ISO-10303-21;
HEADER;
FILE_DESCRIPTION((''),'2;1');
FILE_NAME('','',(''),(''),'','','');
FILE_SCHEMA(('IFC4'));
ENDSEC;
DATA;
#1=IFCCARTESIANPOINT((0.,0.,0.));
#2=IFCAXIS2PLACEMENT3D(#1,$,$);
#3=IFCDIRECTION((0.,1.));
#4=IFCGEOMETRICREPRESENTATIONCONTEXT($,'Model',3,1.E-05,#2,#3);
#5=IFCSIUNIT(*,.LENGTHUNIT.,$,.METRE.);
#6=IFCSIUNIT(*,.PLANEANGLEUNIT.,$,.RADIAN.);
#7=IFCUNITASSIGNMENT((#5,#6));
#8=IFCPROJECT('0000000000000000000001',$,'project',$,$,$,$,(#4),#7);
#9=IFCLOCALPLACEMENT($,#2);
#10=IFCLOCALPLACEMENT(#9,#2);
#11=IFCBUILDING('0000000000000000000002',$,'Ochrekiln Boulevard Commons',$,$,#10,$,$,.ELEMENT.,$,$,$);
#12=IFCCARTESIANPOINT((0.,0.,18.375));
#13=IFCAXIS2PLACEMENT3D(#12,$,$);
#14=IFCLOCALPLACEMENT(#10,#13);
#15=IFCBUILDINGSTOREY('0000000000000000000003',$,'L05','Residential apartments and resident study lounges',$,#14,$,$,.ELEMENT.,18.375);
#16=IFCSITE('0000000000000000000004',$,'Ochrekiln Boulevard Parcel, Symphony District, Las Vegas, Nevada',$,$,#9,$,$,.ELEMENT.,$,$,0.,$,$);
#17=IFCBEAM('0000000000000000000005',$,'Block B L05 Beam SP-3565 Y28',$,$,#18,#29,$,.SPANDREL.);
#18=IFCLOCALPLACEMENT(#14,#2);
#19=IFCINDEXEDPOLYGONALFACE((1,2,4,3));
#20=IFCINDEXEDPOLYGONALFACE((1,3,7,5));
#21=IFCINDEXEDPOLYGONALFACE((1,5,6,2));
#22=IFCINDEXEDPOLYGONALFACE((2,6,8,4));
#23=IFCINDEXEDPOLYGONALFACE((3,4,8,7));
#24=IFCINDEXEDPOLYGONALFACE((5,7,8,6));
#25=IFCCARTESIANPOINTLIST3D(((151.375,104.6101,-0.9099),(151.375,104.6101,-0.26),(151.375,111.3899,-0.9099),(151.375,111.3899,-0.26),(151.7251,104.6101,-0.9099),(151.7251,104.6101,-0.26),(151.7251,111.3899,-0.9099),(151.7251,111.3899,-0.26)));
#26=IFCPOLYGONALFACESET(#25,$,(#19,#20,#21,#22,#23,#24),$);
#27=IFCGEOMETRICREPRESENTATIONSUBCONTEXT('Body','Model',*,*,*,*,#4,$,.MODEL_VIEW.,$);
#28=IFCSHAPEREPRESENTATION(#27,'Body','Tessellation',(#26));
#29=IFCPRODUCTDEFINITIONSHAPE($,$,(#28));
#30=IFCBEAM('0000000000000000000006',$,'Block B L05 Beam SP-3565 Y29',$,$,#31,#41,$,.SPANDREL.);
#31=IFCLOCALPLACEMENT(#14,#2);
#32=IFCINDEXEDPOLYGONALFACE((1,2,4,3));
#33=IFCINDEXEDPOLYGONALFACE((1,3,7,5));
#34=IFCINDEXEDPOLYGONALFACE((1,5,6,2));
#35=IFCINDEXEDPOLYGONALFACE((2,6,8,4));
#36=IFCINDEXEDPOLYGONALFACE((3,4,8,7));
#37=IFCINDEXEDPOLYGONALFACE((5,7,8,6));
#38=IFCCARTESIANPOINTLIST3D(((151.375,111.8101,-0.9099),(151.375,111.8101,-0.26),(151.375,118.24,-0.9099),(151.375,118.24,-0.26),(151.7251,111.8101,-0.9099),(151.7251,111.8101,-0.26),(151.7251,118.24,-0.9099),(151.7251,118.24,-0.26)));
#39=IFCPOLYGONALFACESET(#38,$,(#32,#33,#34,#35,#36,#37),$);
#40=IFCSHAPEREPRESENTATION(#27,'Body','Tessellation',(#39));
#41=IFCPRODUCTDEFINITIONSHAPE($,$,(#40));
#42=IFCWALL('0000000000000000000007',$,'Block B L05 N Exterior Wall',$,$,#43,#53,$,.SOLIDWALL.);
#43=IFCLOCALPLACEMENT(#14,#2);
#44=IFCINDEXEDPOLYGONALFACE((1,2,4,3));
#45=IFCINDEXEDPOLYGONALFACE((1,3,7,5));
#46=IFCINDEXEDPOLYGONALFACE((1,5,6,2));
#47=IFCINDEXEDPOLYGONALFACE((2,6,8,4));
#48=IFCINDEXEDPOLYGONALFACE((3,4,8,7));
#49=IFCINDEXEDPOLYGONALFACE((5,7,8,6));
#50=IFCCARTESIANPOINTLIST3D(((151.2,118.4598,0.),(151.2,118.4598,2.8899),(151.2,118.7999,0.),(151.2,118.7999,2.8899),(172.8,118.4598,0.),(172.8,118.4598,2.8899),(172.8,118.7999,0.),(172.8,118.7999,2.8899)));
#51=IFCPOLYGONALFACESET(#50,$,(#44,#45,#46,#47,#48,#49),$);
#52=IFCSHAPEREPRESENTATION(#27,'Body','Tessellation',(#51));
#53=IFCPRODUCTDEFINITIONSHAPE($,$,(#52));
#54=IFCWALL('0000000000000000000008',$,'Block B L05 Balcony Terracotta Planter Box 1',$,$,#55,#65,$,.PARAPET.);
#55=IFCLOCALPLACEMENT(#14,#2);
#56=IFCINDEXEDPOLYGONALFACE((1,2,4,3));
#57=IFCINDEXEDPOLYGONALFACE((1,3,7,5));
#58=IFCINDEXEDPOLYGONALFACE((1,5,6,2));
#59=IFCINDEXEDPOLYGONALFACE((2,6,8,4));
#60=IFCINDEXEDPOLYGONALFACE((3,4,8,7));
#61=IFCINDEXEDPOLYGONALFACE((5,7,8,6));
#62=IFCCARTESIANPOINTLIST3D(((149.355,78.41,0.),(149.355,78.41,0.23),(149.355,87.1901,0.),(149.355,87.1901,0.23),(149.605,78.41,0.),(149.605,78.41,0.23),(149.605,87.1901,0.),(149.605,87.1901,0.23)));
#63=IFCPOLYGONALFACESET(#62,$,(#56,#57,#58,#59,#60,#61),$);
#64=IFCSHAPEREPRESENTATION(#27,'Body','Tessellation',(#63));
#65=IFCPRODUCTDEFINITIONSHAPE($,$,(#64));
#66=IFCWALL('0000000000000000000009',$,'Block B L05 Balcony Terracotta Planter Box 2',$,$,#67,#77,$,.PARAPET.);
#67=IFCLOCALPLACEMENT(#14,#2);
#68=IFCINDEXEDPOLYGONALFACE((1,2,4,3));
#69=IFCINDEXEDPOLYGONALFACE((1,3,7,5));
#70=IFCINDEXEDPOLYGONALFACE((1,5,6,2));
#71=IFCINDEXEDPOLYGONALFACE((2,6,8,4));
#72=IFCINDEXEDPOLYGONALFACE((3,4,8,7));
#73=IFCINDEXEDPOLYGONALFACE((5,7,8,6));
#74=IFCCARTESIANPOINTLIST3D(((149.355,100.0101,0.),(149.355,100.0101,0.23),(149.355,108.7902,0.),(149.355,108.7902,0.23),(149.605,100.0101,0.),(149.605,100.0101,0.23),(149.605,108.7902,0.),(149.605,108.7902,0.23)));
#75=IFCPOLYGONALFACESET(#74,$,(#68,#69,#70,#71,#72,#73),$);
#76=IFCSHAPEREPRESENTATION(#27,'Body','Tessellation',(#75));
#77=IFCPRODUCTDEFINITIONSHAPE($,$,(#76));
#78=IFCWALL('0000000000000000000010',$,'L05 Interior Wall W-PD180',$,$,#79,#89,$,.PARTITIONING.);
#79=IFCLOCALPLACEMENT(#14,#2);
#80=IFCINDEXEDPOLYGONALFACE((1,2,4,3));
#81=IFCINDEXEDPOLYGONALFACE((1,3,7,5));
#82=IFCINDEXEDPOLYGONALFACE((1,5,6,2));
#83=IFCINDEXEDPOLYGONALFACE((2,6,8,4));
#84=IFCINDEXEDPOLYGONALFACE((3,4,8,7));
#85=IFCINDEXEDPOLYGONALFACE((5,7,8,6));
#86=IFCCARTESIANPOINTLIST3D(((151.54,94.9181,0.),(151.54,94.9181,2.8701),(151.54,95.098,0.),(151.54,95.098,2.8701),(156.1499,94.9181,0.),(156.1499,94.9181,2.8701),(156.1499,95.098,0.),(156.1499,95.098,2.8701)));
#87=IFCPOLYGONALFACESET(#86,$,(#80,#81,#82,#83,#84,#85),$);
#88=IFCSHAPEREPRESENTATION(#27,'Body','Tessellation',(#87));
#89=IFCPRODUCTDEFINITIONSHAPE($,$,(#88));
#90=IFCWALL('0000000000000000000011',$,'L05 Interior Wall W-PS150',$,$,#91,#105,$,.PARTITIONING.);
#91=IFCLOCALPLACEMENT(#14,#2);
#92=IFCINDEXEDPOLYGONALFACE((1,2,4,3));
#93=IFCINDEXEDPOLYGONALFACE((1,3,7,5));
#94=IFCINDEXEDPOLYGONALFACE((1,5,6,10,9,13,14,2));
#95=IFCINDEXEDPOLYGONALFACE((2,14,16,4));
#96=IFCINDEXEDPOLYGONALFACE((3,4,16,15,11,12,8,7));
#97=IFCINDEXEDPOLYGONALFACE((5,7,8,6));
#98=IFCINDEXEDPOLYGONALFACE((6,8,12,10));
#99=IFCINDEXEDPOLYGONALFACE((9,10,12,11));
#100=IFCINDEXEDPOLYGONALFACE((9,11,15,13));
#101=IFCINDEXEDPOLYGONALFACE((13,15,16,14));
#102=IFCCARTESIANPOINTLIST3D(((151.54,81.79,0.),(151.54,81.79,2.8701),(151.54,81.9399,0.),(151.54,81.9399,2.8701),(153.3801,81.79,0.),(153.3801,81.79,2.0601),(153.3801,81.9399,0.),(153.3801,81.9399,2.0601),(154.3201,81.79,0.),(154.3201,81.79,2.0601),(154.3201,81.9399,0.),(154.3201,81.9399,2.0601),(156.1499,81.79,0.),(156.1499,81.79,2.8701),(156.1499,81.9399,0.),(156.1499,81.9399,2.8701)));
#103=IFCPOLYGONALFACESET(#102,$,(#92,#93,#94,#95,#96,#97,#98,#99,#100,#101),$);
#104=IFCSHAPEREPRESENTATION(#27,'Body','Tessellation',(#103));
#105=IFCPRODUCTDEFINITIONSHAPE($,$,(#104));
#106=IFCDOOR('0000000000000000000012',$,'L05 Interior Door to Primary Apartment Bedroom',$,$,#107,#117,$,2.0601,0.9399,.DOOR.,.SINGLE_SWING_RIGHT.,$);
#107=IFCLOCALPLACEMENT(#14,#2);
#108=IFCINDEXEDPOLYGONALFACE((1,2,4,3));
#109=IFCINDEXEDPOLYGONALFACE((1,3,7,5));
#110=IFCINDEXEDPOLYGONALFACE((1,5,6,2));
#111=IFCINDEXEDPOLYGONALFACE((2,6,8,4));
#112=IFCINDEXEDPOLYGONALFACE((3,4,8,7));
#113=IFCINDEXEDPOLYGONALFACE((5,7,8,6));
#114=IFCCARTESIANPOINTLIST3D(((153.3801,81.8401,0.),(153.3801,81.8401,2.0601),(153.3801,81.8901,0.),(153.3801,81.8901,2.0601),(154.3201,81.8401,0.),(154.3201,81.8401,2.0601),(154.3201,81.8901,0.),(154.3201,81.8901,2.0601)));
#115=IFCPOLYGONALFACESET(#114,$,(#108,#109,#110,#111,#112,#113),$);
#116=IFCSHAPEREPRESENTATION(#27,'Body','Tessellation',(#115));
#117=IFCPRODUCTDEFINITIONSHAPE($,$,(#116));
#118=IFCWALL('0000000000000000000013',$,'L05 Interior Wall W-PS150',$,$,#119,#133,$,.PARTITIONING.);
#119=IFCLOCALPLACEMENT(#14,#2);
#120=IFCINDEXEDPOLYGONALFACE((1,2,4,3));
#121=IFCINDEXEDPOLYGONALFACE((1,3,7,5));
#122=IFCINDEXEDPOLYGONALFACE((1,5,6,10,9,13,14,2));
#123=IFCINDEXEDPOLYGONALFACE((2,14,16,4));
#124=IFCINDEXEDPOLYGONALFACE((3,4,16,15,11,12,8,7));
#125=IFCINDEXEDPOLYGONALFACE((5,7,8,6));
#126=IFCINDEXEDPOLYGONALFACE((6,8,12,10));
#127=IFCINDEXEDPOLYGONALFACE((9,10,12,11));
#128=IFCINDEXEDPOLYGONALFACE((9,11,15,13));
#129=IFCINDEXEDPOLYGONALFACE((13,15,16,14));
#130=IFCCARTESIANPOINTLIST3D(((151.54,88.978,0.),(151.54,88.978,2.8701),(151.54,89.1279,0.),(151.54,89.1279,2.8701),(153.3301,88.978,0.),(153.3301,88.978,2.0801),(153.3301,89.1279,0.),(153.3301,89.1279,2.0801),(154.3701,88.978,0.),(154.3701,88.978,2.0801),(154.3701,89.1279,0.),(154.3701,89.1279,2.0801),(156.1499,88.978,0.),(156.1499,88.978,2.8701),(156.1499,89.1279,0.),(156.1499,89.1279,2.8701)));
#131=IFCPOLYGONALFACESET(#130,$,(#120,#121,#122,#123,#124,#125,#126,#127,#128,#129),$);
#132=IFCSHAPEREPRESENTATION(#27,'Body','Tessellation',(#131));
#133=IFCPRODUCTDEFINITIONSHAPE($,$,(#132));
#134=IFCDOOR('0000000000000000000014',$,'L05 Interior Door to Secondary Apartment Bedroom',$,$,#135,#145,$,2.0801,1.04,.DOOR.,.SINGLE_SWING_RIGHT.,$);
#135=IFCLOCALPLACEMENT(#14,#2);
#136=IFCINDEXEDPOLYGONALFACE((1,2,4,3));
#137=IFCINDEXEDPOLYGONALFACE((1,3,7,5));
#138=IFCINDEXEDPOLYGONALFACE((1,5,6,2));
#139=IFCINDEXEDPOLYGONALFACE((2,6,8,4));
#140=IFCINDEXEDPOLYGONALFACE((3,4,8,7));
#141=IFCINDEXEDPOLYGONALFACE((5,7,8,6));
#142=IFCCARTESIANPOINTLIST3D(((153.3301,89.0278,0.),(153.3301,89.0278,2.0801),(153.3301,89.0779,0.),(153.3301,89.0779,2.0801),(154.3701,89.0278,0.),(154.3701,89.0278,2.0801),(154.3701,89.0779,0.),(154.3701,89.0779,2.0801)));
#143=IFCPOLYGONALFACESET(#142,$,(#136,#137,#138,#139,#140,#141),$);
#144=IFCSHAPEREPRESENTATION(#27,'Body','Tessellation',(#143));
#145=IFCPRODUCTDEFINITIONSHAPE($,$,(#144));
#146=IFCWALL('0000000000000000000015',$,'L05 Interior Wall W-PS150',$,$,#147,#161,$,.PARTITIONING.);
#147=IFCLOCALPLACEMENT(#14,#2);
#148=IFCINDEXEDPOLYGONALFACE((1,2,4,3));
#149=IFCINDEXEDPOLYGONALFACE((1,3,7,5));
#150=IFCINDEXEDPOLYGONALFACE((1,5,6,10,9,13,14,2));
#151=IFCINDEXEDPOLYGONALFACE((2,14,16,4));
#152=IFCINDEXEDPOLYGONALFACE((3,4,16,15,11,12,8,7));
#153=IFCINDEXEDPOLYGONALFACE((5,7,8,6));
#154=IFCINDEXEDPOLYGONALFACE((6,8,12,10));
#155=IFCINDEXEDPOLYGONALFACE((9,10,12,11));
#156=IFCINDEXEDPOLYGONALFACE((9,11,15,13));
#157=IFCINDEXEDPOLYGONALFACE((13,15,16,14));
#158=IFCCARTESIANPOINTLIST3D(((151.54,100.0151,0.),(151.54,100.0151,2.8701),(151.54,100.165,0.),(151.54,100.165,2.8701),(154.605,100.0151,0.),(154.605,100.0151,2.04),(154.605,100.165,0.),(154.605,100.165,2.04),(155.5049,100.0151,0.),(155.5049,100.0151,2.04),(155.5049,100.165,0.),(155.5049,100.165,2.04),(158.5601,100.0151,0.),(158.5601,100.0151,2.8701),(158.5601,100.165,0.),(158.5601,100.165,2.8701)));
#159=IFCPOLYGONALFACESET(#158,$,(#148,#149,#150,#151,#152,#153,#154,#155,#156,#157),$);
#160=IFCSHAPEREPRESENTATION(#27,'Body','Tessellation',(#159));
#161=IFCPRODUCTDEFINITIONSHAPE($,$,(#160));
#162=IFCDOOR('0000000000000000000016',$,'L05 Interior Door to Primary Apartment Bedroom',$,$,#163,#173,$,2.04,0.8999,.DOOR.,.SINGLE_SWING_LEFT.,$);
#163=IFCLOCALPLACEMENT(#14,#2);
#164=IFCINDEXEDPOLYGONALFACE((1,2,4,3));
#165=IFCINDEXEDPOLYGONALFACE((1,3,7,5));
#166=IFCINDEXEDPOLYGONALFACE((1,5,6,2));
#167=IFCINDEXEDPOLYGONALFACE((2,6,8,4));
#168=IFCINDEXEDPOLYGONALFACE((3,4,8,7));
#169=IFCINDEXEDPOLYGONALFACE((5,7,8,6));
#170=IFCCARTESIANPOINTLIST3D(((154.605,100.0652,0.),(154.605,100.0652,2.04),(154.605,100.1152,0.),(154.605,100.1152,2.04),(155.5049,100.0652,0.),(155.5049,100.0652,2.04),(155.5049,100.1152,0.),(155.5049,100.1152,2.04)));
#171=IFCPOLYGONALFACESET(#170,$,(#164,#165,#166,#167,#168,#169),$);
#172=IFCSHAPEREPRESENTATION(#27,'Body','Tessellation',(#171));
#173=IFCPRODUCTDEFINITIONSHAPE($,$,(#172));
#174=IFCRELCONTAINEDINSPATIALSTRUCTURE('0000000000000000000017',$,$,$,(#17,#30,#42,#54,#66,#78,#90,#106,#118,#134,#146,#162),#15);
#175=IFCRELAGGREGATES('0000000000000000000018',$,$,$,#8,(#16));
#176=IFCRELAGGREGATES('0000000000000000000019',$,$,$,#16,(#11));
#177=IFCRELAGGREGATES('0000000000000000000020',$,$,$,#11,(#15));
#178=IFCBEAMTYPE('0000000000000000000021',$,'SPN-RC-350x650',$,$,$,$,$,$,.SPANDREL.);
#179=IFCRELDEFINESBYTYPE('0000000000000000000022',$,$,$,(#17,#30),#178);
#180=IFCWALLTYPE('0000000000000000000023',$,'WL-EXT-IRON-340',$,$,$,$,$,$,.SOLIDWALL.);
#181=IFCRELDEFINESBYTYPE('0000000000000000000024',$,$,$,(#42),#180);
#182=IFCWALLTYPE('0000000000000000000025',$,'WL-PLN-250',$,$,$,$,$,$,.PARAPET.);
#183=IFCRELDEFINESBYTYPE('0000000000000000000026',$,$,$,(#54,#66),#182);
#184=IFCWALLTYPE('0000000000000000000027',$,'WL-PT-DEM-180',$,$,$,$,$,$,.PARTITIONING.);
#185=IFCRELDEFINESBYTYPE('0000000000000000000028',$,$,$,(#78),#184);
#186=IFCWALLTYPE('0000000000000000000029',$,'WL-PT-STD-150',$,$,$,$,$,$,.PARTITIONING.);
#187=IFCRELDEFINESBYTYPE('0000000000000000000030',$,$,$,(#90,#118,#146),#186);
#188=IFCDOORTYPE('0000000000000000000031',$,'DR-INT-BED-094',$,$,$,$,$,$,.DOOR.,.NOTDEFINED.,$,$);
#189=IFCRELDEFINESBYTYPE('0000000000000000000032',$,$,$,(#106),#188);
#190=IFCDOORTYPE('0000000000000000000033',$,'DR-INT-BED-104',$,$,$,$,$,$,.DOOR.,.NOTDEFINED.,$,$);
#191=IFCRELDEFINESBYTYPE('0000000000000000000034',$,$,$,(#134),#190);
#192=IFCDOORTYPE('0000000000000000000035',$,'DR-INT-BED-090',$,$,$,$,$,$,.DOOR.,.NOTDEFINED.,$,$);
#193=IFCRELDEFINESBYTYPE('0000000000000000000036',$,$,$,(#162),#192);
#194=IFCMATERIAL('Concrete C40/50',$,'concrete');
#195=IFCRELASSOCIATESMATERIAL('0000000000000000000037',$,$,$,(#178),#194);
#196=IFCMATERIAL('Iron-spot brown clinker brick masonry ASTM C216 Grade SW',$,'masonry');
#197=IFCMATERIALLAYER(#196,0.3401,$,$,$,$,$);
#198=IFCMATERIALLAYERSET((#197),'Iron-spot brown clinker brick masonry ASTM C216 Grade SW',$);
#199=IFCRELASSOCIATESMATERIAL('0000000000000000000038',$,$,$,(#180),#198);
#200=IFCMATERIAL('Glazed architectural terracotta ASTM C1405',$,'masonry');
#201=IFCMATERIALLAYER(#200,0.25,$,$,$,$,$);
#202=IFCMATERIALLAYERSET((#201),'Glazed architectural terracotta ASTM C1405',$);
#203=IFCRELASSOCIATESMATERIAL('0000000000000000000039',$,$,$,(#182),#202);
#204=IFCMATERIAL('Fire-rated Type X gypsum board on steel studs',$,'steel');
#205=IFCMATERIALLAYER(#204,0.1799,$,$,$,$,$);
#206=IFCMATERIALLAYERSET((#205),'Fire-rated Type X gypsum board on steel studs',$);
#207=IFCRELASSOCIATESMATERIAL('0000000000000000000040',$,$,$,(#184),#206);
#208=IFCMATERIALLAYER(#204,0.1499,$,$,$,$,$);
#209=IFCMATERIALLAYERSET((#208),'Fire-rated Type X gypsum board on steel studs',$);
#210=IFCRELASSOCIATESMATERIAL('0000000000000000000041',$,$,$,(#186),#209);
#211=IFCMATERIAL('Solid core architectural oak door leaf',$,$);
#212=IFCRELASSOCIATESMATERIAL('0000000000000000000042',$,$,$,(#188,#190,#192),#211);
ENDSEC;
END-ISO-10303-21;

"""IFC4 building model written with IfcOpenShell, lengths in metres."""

from ifc_helpers import new_model, si_unit, direction, frame, frame_2d, origin, origin_2d, place, context, subcontext, project, spatial, rectangle, extrude, material, layer, layer_set, material_profile, profile_set, type_object, element, fill, save


model = new_model("IFC4")

# Units and contexts
model_context = context("Model", 3, precision=1e-05, world=origin(), true_north=direction((0.0, 1.0)))
body_context = subcontext(model_context, "Body", "Model", "MODEL_VIEW")
ifc_project = project(units=[si_unit("LENGTHUNIT", "METRE"), si_unit("PLANEANGLEUNIT", "RADIAN")], contexts=[model_context])

# Site, building, storey
site_placement = place(None, origin())
site = spatial("IfcSite", under=ifc_project, at=site_placement, Name="Ochrekiln Boulevard Parcel, Symphony District, Las Vegas, Nevada", CompositionType="ELEMENT", RefElevation=0.0)
building_placement = place(site_placement, origin())
building = spatial("IfcBuilding", under=site, at=building_placement, Name="Ochrekiln Boulevard Commons", CompositionType="ELEMENT")
storey_placement = place(building_placement, frame((0.0, 0.0, 18.375)))
storey = spatial("IfcBuildingStorey", under=building, at=storey_placement, Name="L05", Description="Residential apartments and resident study lounges", CompositionType="ELEMENT", Elevation=18.375)

# Shared definitions
ifc_material_1 = material(Name="Concrete C40/50", Category="concrete")

# Beams
ifc_material_profile_1 = material_profile(ifc_material_1, rectangle(XDim=0.3501, YDim=0.6499, at=origin_2d()), Name="RC-SPN-350x650")
ifc_profile_set_1 = profile_set([ifc_material_profile_1], Name="Concrete C40/50")
beam_type_1 = type_object("IfcBeamType", Name="SPN-RC-350x650", PredefinedType="SPANDREL", material=ifc_profile_set_1)
beam_1_placement = place(storey_placement, frame((151.55, 104.6101, -0.585), z_axis=(0.0, 1.0, 0.0), x_axis=(-1.0, 0.0, 0.0)))
element("IfcBeam", 1, at=beam_1_placement, inside=storey, type_object=beam_type_1, Name="Block B L05 Beam SP-3565 Y28", PredefinedType="SPANDREL", context=body_context, shape_type="SweptSolid", body=[
    extrude(rectangle(XDim=0.3501, YDim=0.6499, at=origin_2d()), origin(), (0.0, 0.0, 1.0), 6.7798),
])
beam_2_placement = place(storey_placement, frame((151.55, 111.8101, -0.585), z_axis=(0.0, 1.0, 0.0), x_axis=(-1.0, 0.0, 0.0)))
element("IfcBeam", 2, at=beam_2_placement, inside=storey, type_object=beam_type_1, Name="Block B L05 Beam SP-3565 Y29", PredefinedType="SPANDREL", context=body_context, shape_type="SweptSolid", body=[
    extrude(rectangle(XDim=0.3501, YDim=0.6499, at=origin_2d()), origin(), (0.0, 0.0, 1.0), 6.4299),
])

# Walls
ifc_material_2 = material(Name="Iron-spot brown clinker brick masonry ASTM C216 Grade SW", Category="masonry")
ifc_layer_1 = layer(ifc_material_2, 0.3401)
ifc_layer_set_1 = layer_set([ifc_layer_1], Name="Iron-spot brown clinker brick masonry ASTM C216 Grade SW")
wall_type_1 = type_object("IfcWallType", Name="WL-EXT-IRON-340", PredefinedType="SOLIDWALL", material=ifc_layer_set_1)
wall_1_placement = place(storey_placement, frame((151.2, 118.6299, 0.0), z_axis=(0.0, 0.0, 1.0), x_axis=(1.0, 0.0, 0.0)))
element("IfcWall", 3, at=wall_1_placement, inside=storey, type_object=wall_type_1, Name="Block B L05 N Exterior Wall", PredefinedType="SOLIDWALL", context=body_context, shape_type="SweptSolid", body=[
    extrude(rectangle(XDim=21.6001, YDim=0.3401, at=frame_2d((10.8, 0.0))), origin(), (0.0, 0.0, 1.0), 2.8899),
])
ifc_material_3 = material(Name="Glazed architectural terracotta ASTM C1405", Category="masonry")
ifc_layer_2 = layer(ifc_material_3, 0.25)
ifc_layer_set_2 = layer_set([ifc_layer_2], Name="Glazed architectural terracotta ASTM C1405")
wall_type_2 = type_object("IfcWallType", Name="WL-PLN-250", PredefinedType="PARAPET", material=ifc_layer_set_2)
for number, where, z_axis, x_axis, name in (
    (4, (149.48, 78.4099, 0.0), (0.0, 0.0, 1.0), (0.0, 1.0, 0.0), "Block B L05 Balcony Terracotta Planter Box 1"),
    (5, (149.48, 100.01, 0.0), (0.0, 0.0, 1.0), (0.0, 1.0, 0.0), "Block B L05 Balcony Terracotta Planter Box 2"),
):
    element("IfcWall", number, at=place(storey_placement, frame(where, z_axis=z_axis, x_axis=x_axis)), inside=storey, type_object=wall_type_2, Name=name, PredefinedType="PARAPET", context=body_context, shape_type="SweptSolid", body=[
        extrude(rectangle(XDim=8.78, YDim=0.25, at=frame_2d((4.3901, 0.0))), origin(), (0.0, 0.0, 1.0), 0.23),
    ])
ifc_material_4 = material(Name="Fire-rated Type X gypsum board on steel studs", Category="steel")
ifc_layer_3 = layer(ifc_material_4, 0.1799)
ifc_layer_set_3 = layer_set([ifc_layer_3], Name="Fire-rated Type X gypsum board on steel studs")
wall_type_3 = type_object("IfcWallType", Name="WL-PT-DEM-180", PredefinedType="PARTITIONING", material=ifc_layer_set_3)
wall_2_placement = place(storey_placement, frame((151.54, 95.0081, 0.0), z_axis=(0.0, 0.0, 1.0), x_axis=(1.0, 0.0, 0.0)))
element("IfcWall", 6, at=wall_2_placement, inside=storey, type_object=wall_type_3, Name="L05 Interior Wall W-PD180", PredefinedType="PARTITIONING", context=body_context, shape_type="SweptSolid", body=[
    extrude(rectangle(XDim=4.6099, YDim=0.1799, at=frame_2d((2.3049, 0.0))), origin(), (0.0, 0.0, 1.0), 2.8701),
])

# Walls, openings, doors
ifc_layer_4 = layer(ifc_material_4, 0.1499)
ifc_layer_set_4 = layer_set([ifc_layer_4], Name="Fire-rated Type X gypsum board on steel studs")
wall_type_4 = type_object("IfcWallType", Name="WL-PT-STD-150", PredefinedType="PARTITIONING", material=ifc_layer_set_4)
wall_3_placement = place(storey_placement, frame((151.54, 81.865, 0.0), z_axis=(0.0, 0.0, 1.0), x_axis=(1.0, 0.0, 0.0)))
wall_3 = element("IfcWall", 7, at=wall_3_placement, inside=storey, type_object=wall_type_4, Name="L05 Interior Wall W-PS150", PredefinedType="PARTITIONING", context=body_context, shape_type="SweptSolid", body=[
    extrude(rectangle(XDim=4.6099, YDim=0.1499, at=frame_2d((2.3049, 0.0))), origin(), (0.0, 0.0, 1.0), 2.8701),
])
opening_1_placement = place(wall_3_placement, frame((1.8401, 0.0, 0.0)))
opening_1 = element("IfcOpeningElement", 8, at=opening_1_placement, cuts=wall_3, PredefinedType="OPENING", context=body_context, shape_type="SweptSolid", body=[
    extrude(rectangle(XDim=0.9399, YDim=2.0601, at=frame_2d((0.47, 1.03))), frame((0.0, 0.085, 0.0), z_axis=(0.0, -1.0, 0.0), x_axis=(1.0, 0.0, 0.0)), (0.0, 0.0, 1.0), 0.1699),
])
ifc_material_5 = material(Name="Solid core architectural oak door leaf")
door_type_1 = type_object("IfcDoorType", Name="DR-INT-BED-094", OperationType="NOTDEFINED", PredefinedType="DOOR", material=ifc_material_5)
door_1_placement = place(opening_1_placement, frame((0.9399, 0.0, 0.0), z_axis=(0.0, 0.0, 1.0), x_axis=(-1.0, 0.0, 0.0)))
door_1 = element("IfcDoor", 9, at=door_1_placement, inside=storey, type_object=door_type_1, Name="L05 Interior Door to Primary Apartment Bedroom", OperationType="SINGLE_SWING_RIGHT", OverallHeight=2.0601, OverallWidth=0.9399, PredefinedType="DOOR", context=body_context, shape_type="SweptSolid", body=[
    extrude(rectangle(XDim=0.9399, YDim=2.0601, at=frame_2d((0.47, 1.03))), frame((0.0, 0.0249, 0.0), z_axis=(0.0, -1.0, 0.0), x_axis=(1.0, 0.0, 0.0)), (0.0, 0.0, 1.0), 0.05),
])
fill(opening_1, door_1)
wall_4_placement = place(storey_placement, frame((151.54, 89.053, 0.0), z_axis=(0.0, 0.0, 1.0), x_axis=(1.0, 0.0, 0.0)))
wall_4 = element("IfcWall", 10, at=wall_4_placement, inside=storey, type_object=wall_type_4, Name="L05 Interior Wall W-PS150", PredefinedType="PARTITIONING", context=body_context, shape_type="SweptSolid", body=[
    extrude(rectangle(XDim=4.6099, YDim=0.1499, at=frame_2d((2.3049, 0.0))), origin(), (0.0, 0.0, 1.0), 2.8701),
])
opening_2_placement = place(wall_4_placement, frame((1.79, 0.0, 0.0)))
opening_2 = element("IfcOpeningElement", 11, at=opening_2_placement, cuts=wall_4, PredefinedType="OPENING", context=body_context, shape_type="SweptSolid", body=[
    extrude(rectangle(XDim=1.04, YDim=2.0801, at=frame_2d((0.52, 1.04))), frame((0.0, 0.085, 0.0), z_axis=(0.0, -1.0, 0.0), x_axis=(1.0, 0.0, 0.0)), (0.0, 0.0, 1.0), 0.1699),
])
door_type_2 = type_object("IfcDoorType", Name="DR-INT-BED-104", OperationType="NOTDEFINED", PredefinedType="DOOR", material=ifc_material_5)
door_2_placement = place(opening_2_placement, origin())
door_2 = element("IfcDoor", 12, at=door_2_placement, inside=storey, type_object=door_type_2, Name="L05 Interior Door to Secondary Apartment Bedroom", OperationType="SINGLE_SWING_RIGHT", OverallHeight=2.0801, OverallWidth=1.04, PredefinedType="DOOR", context=body_context, shape_type="SweptSolid", body=[
    extrude(rectangle(XDim=1.04, YDim=2.0801, at=frame_2d((0.52, 1.04))), frame((0.0, 0.0249, 0.0), z_axis=(0.0, -1.0, 0.0), x_axis=(1.0, 0.0, 0.0)), (0.0, 0.0, 1.0), 0.05),
])
fill(opening_2, door_2)
wall_5_placement = place(storey_placement, frame((151.54, 100.0901, 0.0), z_axis=(0.0, 0.0, 1.0), x_axis=(1.0, 0.0, 0.0)))
wall_5 = element("IfcWall", 13, at=wall_5_placement, inside=storey, type_object=wall_type_4, Name="L05 Interior Wall W-PS150", PredefinedType="PARTITIONING", context=body_context, shape_type="SweptSolid", body=[
    extrude(rectangle(XDim=7.02, YDim=0.1499, at=frame_2d((3.51, 0.0))), origin(), (0.0, 0.0, 1.0), 2.8701),
])
opening_3_placement = place(wall_5_placement, frame((3.0649, 0.0, 0.0)))
opening_3 = element("IfcOpeningElement", 14, at=opening_3_placement, cuts=wall_5, PredefinedType="OPENING", context=body_context, shape_type="SweptSolid", body=[
    extrude(rectangle(XDim=0.8999, YDim=2.04, at=frame_2d((0.45, 1.02))), frame((0.0, 0.085, 0.0), z_axis=(0.0, -1.0, 0.0), x_axis=(1.0, 0.0, 0.0)), (0.0, 0.0, 1.0), 0.1699),
])
door_type_3 = type_object("IfcDoorType", Name="DR-INT-BED-090", OperationType="NOTDEFINED", PredefinedType="DOOR", material=ifc_material_5)
door_3_placement = place(opening_3_placement, frame((0.8999, 0.0, 0.0), z_axis=(0.0, 0.0, 1.0), x_axis=(-1.0, 0.0, 0.0)))
door_3 = element("IfcDoor", 15, at=door_3_placement, inside=storey, type_object=door_type_3, Name="L05 Interior Door to Primary Apartment Bedroom", OperationType="SINGLE_SWING_LEFT", OverallHeight=2.04, OverallWidth=0.8999, PredefinedType="DOOR", context=body_context, shape_type="SweptSolid", body=[
    extrude(rectangle(XDim=0.8999, YDim=2.04, at=frame_2d((0.45, 1.02))), frame((0.0, 0.0249, 0.0), z_axis=(0.0, -1.0, 0.0), x_axis=(1.0, 0.0, 0.0)), (0.0, 0.0, 1.0), 0.05),
])
fill(opening_3, door_3)

save(model, "model.ifc")
